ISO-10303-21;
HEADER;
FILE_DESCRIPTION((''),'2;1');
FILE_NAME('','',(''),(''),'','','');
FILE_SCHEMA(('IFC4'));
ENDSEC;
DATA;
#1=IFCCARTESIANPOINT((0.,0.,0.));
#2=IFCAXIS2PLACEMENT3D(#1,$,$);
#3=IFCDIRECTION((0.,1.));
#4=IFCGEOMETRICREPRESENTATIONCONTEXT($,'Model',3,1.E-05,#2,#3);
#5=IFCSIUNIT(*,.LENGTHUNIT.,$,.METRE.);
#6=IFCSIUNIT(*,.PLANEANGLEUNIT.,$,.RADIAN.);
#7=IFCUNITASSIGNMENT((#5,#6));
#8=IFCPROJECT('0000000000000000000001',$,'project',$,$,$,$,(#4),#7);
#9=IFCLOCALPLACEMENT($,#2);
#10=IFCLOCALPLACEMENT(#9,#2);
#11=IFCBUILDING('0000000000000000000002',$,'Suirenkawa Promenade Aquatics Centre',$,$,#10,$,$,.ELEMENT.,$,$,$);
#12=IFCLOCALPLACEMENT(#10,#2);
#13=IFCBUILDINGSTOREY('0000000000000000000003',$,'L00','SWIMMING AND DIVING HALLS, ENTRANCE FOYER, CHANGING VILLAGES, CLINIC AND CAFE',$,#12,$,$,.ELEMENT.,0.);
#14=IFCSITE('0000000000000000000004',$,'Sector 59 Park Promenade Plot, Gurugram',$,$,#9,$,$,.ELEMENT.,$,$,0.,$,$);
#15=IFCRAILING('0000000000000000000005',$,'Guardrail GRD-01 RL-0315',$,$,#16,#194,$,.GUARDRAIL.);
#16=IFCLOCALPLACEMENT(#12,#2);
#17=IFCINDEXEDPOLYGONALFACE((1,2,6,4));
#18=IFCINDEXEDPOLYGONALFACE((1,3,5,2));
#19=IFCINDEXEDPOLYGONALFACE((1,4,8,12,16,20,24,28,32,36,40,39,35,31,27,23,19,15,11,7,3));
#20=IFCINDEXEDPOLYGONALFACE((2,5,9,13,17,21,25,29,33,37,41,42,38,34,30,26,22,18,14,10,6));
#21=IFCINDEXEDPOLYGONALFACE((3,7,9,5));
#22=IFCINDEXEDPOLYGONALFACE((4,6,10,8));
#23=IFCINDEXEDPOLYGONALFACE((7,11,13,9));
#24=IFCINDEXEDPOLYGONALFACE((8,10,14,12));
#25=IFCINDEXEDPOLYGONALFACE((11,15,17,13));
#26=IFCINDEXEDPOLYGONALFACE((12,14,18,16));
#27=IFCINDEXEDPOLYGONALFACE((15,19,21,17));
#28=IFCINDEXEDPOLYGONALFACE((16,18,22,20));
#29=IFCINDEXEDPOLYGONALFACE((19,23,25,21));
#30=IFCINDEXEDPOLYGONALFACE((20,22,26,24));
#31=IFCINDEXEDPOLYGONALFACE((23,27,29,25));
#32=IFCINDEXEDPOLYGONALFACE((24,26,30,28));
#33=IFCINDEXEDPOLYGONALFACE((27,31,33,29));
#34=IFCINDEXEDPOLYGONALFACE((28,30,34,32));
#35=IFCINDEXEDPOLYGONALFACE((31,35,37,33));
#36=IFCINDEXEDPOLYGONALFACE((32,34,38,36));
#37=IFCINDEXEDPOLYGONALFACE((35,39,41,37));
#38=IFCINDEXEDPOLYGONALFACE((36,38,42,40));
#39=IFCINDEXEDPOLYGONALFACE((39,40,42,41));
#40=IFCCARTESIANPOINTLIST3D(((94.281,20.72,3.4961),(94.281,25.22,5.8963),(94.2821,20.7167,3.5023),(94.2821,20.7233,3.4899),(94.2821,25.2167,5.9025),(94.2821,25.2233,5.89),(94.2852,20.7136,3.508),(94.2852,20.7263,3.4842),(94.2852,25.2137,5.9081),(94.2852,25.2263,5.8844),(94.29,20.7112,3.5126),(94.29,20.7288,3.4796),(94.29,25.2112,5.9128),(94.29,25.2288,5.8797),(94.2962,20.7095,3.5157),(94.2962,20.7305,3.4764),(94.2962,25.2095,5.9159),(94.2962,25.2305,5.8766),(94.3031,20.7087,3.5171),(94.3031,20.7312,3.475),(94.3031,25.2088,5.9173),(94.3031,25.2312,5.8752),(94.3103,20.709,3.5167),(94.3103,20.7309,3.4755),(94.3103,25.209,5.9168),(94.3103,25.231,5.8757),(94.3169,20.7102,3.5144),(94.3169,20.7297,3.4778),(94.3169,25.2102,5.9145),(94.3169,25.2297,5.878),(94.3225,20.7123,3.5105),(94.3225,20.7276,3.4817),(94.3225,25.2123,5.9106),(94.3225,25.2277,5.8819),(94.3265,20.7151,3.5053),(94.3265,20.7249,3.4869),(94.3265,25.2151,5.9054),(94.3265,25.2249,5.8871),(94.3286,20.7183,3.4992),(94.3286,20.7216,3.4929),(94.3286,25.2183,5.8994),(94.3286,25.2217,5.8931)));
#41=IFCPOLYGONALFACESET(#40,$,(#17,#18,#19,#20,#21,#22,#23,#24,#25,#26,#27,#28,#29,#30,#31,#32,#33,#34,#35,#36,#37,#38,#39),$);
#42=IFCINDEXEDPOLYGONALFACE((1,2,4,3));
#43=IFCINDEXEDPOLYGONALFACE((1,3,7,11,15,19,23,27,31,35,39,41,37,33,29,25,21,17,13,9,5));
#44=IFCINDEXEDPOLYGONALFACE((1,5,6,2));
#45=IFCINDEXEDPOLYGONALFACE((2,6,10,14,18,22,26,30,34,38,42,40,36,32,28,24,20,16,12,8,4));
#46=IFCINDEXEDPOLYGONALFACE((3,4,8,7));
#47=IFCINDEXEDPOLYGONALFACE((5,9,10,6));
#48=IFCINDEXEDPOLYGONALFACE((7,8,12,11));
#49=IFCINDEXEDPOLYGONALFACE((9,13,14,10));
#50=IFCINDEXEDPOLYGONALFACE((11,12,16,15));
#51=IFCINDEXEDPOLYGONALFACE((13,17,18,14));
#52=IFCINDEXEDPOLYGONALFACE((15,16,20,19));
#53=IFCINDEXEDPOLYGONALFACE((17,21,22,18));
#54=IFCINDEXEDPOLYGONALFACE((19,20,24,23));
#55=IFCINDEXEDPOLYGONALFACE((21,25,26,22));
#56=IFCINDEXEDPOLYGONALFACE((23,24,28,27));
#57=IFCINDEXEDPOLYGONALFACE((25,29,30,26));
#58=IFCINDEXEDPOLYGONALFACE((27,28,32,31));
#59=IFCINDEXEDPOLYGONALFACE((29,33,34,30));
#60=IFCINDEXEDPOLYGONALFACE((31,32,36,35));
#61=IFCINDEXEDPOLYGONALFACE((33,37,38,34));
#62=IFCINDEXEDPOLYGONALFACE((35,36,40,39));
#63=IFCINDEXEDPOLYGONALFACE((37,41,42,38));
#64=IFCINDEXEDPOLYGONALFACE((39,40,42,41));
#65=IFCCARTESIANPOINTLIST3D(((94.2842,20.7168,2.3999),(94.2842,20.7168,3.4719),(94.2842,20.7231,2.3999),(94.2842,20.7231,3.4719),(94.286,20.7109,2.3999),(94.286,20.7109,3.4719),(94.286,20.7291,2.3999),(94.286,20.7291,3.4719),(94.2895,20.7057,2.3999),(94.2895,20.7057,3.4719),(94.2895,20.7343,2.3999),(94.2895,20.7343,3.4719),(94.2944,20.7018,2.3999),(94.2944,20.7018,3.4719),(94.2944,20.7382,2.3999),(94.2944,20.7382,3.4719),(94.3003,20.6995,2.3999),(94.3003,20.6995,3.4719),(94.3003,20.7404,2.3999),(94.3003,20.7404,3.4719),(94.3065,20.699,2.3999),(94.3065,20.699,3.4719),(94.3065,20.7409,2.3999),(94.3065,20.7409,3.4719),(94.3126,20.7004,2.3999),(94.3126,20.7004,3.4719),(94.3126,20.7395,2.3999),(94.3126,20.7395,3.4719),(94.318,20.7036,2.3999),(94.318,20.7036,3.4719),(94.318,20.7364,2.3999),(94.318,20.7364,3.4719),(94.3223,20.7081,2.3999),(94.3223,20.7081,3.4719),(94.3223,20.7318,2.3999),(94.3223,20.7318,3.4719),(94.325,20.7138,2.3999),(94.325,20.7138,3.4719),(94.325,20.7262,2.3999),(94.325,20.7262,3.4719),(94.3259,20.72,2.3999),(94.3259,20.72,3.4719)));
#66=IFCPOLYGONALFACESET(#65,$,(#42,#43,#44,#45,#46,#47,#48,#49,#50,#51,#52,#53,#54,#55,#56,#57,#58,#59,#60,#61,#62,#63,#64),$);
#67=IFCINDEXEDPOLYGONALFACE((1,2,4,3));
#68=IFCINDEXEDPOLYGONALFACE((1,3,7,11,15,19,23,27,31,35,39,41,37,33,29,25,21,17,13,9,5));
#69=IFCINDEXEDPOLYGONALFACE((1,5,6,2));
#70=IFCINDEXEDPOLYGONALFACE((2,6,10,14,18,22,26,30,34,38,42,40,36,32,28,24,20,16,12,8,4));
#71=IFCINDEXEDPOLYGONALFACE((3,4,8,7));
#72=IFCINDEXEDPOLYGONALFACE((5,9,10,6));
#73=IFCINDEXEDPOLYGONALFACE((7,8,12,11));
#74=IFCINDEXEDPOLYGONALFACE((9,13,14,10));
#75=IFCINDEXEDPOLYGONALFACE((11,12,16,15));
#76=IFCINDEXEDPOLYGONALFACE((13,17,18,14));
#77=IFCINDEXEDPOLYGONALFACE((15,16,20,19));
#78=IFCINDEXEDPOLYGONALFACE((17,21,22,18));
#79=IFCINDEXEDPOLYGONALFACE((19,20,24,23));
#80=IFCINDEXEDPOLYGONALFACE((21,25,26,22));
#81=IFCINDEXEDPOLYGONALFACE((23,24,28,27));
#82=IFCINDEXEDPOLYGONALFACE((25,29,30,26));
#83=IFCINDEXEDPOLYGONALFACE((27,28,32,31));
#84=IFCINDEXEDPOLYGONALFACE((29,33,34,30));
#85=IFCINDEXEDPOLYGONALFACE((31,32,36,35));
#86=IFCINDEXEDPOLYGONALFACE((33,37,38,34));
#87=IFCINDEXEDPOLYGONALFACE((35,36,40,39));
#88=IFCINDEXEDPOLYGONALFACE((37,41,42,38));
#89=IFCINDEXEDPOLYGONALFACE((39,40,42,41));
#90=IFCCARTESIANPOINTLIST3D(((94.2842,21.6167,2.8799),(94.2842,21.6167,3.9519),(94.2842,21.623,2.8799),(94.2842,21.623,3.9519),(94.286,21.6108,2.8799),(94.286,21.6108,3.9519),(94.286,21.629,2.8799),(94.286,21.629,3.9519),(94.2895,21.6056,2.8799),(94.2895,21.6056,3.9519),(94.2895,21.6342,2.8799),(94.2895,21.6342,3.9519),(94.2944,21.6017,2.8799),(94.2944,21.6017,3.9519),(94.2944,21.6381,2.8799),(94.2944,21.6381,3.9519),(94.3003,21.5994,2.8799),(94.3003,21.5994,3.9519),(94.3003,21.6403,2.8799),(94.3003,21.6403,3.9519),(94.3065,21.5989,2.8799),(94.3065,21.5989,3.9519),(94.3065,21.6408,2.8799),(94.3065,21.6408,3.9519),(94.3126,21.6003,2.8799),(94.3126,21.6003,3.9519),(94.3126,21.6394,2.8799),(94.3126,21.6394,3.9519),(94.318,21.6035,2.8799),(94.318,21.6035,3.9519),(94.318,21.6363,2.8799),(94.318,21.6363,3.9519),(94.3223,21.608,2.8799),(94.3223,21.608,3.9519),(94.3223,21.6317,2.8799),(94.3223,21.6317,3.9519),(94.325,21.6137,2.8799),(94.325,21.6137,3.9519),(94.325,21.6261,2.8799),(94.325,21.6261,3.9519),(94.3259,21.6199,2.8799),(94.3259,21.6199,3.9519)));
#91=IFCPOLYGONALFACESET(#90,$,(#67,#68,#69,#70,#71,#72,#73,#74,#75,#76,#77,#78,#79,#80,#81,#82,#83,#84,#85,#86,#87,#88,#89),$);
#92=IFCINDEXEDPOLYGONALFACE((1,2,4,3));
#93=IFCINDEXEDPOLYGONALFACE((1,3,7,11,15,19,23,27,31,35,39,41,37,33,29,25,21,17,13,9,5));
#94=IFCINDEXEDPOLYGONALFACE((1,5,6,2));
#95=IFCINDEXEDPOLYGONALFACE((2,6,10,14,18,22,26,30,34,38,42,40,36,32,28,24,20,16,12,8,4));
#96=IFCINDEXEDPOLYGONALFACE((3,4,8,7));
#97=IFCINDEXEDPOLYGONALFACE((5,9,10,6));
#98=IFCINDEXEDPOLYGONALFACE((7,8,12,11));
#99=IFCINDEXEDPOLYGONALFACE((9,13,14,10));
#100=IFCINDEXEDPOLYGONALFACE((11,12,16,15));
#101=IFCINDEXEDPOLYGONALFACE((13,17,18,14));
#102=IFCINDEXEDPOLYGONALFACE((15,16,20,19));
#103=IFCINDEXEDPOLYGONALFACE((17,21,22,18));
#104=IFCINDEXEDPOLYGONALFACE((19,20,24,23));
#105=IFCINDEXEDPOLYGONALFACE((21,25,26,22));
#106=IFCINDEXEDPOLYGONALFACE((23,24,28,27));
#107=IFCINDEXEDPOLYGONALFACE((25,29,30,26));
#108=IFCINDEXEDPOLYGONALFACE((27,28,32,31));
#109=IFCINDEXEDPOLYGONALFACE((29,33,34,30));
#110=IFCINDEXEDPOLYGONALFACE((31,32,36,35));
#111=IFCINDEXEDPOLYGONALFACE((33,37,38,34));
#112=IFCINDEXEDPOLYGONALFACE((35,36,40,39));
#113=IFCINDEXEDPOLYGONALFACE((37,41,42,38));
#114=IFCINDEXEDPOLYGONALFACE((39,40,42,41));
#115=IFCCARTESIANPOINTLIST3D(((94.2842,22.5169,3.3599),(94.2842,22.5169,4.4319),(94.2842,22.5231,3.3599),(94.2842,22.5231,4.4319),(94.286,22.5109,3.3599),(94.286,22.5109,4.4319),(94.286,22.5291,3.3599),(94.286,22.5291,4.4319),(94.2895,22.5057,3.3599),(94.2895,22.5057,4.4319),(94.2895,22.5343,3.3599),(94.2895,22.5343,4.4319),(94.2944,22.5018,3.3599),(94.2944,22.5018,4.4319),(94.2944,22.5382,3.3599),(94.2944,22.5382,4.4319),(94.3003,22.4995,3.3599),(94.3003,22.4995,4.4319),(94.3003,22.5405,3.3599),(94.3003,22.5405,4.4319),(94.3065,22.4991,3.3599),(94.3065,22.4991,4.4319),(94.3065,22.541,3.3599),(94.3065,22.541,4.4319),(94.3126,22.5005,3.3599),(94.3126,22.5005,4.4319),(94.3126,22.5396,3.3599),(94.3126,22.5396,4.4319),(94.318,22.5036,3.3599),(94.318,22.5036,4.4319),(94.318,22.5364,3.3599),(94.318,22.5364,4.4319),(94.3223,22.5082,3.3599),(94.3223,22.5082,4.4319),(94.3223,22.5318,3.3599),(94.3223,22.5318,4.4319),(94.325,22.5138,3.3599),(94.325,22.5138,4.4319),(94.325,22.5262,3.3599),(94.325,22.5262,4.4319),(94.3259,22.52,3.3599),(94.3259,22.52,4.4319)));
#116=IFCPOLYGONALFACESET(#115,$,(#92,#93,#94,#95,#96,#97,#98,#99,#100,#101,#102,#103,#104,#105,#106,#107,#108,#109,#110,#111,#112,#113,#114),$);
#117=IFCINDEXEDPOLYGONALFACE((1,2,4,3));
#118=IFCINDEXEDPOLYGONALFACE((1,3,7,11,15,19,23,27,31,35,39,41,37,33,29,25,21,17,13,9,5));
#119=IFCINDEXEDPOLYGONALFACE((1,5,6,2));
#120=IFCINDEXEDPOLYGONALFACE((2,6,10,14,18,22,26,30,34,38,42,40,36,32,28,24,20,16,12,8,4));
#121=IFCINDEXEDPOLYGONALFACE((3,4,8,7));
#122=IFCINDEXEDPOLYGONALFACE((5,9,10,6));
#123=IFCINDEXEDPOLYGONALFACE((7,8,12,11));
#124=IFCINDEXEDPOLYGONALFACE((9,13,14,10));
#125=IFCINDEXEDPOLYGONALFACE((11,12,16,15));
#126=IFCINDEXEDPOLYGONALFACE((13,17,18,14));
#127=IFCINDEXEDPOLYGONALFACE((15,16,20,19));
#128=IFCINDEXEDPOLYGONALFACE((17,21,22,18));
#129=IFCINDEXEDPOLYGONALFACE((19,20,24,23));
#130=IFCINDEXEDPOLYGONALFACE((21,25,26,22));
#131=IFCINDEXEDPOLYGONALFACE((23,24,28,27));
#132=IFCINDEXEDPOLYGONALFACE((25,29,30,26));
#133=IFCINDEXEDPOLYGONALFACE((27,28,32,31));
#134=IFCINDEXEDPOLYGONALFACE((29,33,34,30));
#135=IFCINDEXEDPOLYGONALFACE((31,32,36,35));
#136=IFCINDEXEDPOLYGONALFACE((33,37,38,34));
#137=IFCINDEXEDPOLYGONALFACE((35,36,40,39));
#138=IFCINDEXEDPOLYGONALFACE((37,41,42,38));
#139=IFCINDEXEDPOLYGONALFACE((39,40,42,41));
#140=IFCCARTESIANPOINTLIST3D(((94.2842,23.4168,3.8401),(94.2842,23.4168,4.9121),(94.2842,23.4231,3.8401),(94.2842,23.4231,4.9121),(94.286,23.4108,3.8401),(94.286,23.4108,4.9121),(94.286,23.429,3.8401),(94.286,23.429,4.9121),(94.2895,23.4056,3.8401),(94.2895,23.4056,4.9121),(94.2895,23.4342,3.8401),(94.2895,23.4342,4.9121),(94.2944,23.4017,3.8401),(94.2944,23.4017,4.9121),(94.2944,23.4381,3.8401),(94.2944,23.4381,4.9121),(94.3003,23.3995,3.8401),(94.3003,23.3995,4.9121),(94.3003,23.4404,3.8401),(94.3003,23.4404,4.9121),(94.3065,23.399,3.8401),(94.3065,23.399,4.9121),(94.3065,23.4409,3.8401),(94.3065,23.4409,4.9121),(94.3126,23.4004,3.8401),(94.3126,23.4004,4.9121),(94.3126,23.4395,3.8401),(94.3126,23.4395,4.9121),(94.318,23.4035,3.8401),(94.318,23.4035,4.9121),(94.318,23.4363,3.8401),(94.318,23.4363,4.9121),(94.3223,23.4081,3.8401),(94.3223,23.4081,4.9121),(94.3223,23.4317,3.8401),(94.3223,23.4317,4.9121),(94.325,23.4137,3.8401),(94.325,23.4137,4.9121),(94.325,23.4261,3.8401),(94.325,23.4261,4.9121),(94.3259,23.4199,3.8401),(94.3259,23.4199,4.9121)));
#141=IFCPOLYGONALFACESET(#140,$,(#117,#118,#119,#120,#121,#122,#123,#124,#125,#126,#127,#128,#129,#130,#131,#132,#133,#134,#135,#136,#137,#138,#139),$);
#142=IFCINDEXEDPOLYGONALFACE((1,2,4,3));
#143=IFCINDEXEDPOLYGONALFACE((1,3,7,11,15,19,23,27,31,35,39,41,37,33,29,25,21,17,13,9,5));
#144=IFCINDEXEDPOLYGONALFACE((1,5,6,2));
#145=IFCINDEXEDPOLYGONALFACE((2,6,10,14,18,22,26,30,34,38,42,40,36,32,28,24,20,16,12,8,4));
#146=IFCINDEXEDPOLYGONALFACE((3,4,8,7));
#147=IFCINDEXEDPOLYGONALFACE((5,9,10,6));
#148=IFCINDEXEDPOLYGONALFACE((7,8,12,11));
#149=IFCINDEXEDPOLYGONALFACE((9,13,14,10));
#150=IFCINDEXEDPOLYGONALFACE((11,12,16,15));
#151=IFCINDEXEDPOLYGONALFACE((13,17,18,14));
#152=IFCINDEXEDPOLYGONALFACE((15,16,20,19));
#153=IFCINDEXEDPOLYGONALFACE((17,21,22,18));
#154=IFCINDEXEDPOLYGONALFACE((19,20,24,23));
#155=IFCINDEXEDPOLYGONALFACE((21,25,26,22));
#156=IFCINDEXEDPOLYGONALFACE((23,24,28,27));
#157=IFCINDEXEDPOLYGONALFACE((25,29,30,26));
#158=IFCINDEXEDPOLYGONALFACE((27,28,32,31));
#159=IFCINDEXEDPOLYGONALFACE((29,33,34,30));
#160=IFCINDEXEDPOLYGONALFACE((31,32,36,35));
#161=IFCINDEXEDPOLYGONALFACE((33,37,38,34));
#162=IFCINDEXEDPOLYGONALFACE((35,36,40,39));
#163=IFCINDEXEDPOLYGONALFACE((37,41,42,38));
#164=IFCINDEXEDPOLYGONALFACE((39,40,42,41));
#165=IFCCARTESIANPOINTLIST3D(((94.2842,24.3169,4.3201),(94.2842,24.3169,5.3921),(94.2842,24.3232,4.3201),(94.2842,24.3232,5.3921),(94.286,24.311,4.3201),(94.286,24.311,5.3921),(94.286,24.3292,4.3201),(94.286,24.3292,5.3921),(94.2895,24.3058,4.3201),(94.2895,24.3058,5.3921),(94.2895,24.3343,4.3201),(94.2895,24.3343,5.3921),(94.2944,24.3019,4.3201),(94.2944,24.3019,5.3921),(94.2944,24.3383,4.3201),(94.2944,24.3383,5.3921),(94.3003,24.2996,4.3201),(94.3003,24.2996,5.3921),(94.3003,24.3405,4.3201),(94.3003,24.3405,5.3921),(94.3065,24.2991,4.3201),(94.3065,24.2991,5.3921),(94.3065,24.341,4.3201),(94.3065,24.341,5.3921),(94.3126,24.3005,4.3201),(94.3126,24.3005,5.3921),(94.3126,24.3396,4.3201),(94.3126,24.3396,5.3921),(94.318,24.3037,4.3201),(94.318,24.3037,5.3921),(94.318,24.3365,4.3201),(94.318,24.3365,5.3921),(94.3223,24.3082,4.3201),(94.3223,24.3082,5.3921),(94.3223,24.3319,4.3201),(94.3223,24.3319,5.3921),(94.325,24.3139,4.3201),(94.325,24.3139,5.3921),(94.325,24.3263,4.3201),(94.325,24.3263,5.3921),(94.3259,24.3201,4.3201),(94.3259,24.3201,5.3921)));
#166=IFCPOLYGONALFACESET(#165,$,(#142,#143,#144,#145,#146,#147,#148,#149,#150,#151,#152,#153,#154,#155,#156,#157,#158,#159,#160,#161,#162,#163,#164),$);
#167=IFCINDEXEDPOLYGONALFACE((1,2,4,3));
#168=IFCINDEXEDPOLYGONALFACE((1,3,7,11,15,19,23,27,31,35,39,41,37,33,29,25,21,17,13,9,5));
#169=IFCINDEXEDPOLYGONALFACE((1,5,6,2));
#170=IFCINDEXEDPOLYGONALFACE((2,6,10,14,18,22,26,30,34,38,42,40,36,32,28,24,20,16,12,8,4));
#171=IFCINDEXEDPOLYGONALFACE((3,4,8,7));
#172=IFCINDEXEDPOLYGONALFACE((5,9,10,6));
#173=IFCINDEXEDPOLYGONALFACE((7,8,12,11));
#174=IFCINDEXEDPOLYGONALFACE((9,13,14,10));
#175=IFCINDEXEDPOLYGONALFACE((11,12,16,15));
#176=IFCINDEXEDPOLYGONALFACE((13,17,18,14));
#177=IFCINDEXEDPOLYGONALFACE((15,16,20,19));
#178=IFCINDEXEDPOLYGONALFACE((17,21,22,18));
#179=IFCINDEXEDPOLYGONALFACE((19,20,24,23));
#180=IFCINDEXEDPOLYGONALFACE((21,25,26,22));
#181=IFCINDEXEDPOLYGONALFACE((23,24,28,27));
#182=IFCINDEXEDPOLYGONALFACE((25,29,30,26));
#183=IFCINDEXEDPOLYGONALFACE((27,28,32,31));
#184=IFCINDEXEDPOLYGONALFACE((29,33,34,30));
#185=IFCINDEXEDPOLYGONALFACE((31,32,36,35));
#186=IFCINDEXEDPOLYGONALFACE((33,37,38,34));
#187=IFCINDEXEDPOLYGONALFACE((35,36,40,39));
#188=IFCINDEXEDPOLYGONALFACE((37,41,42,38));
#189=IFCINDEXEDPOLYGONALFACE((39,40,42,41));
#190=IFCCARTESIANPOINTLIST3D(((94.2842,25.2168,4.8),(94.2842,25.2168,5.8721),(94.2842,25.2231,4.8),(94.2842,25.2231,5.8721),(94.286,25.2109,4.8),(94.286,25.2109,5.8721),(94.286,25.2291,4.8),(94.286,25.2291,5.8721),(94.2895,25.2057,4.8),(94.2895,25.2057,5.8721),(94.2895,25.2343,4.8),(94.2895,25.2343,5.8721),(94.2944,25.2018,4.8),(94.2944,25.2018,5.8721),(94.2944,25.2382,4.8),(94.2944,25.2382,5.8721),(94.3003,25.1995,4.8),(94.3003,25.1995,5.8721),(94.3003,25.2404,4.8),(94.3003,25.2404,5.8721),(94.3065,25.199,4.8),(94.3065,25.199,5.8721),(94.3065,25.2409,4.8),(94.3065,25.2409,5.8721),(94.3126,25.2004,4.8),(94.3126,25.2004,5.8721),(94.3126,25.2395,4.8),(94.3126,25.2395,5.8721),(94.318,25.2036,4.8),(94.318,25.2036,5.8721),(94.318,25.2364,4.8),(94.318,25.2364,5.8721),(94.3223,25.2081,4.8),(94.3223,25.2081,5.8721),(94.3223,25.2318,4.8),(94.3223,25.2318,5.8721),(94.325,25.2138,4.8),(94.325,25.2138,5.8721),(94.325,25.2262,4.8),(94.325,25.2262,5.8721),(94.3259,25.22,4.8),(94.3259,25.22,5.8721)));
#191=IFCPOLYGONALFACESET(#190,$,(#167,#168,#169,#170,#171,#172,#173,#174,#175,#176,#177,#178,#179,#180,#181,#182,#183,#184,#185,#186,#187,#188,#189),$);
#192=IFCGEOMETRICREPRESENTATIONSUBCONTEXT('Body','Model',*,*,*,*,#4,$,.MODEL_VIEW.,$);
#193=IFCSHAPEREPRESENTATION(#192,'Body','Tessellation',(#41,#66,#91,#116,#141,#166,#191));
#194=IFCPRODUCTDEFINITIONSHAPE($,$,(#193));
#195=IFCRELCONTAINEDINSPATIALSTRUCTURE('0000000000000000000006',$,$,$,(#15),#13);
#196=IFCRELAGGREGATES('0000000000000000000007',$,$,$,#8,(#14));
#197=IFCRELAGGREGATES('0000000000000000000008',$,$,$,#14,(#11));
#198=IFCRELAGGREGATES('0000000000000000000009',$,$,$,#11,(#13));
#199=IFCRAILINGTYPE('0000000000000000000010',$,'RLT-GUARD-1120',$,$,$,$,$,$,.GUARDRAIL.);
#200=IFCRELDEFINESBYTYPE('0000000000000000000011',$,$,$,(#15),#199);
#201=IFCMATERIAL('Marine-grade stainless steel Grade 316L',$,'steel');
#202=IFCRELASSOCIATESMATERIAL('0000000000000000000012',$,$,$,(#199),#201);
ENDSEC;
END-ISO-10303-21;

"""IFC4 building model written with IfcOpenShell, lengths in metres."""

from ifc_helpers import new_model, si_unit, direction, frame, origin, origin_2d, place, context, subcontext, project, spatial, circle, extrude, material, type_object, element, save


model = new_model("IFC4")

# Units and contexts
model_context = context("Model", 3, precision=1e-05, world=origin(), true_north=direction((0.0, 1.0)))
body_context = subcontext(model_context, "Body", "Model", "MODEL_VIEW")
ifc_project = project(units=[si_unit("LENGTHUNIT", "METRE"), si_unit("PLANEANGLEUNIT", "RADIAN")], contexts=[model_context])

# Site, building, storey
site_placement = place(None, origin())
site = spatial("IfcSite", under=ifc_project, at=site_placement, Name="Sector 59 Park Promenade Plot, Gurugram", CompositionType="ELEMENT", RefElevation=0.0)
building_placement = place(site_placement, origin())
building = spatial("IfcBuilding", under=site, at=building_placement, Name="Suirenkawa Promenade Aquatics Centre", CompositionType="ELEMENT")
storey_placement = place(building_placement, origin())
storey = spatial("IfcBuildingStorey", under=building, at=storey_placement, Name="L00", Description="SWIMMING AND DIVING HALLS, ENTRANCE FOYER, CHANGING VILLAGES, CLINIC AND CAFE", CompositionType="ELEMENT", Elevation=0.0)

# Railing
ifc_material_1 = material(Name="Marine-grade stainless steel Grade 316L", Category="steel")
railing_type_1 = type_object("IfcRailingType", Name="RLT-GUARD-1120", PredefinedType="GUARDRAIL", material=ifc_material_1)
railing_1_placement = place(storey_placement, frame((94.3049, 20.72, 2.3999)))
element("IfcRailing", 1, at=railing_1_placement, inside=storey, type_object=railing_type_1, Name="Guardrail GRD-01 RL-0315", PredefinedType="GUARDRAIL", context=body_context, shape_type="SweptSolid", body=[
    extrude(circle(Radius=0.0239, at=origin_2d()), frame((0.0, 0.0, 1.0962), z_axis=(0.0, 0.882341, 0.470611), x_axis=(-1.0, 0.0, 0.0)), (0.0, 0.0, 1.0), 5.1001),
    extrude(circle(Radius=0.021, at=origin_2d()), origin(), (0.0, 0.0, 1.0), 1.072),
    extrude(circle(Radius=0.021, at=origin_2d()), frame((0.0, 0.8999, 0.48)), (0.0, 0.0, 1.0), 1.072),
    extrude(circle(Radius=0.021, at=origin_2d()), frame((0.0, 1.8, 0.96)), (0.0, 0.0, 1.0), 1.072),
    extrude(circle(Radius=0.021, at=origin_2d()), frame((0.0, 2.7, 1.4402)), (0.0, 0.0, 1.0), 1.072),
    extrude(circle(Radius=0.021, at=origin_2d()), frame((0.0, 3.6001, 1.9202)), (0.0, 0.0, 1.0), 1.072),
    extrude(circle(Radius=0.021, at=origin_2d()), frame((0.0, 4.5, 2.4001)), (0.0, 0.0, 1.0), 1.072),
])

save(model, "model.ifc")
